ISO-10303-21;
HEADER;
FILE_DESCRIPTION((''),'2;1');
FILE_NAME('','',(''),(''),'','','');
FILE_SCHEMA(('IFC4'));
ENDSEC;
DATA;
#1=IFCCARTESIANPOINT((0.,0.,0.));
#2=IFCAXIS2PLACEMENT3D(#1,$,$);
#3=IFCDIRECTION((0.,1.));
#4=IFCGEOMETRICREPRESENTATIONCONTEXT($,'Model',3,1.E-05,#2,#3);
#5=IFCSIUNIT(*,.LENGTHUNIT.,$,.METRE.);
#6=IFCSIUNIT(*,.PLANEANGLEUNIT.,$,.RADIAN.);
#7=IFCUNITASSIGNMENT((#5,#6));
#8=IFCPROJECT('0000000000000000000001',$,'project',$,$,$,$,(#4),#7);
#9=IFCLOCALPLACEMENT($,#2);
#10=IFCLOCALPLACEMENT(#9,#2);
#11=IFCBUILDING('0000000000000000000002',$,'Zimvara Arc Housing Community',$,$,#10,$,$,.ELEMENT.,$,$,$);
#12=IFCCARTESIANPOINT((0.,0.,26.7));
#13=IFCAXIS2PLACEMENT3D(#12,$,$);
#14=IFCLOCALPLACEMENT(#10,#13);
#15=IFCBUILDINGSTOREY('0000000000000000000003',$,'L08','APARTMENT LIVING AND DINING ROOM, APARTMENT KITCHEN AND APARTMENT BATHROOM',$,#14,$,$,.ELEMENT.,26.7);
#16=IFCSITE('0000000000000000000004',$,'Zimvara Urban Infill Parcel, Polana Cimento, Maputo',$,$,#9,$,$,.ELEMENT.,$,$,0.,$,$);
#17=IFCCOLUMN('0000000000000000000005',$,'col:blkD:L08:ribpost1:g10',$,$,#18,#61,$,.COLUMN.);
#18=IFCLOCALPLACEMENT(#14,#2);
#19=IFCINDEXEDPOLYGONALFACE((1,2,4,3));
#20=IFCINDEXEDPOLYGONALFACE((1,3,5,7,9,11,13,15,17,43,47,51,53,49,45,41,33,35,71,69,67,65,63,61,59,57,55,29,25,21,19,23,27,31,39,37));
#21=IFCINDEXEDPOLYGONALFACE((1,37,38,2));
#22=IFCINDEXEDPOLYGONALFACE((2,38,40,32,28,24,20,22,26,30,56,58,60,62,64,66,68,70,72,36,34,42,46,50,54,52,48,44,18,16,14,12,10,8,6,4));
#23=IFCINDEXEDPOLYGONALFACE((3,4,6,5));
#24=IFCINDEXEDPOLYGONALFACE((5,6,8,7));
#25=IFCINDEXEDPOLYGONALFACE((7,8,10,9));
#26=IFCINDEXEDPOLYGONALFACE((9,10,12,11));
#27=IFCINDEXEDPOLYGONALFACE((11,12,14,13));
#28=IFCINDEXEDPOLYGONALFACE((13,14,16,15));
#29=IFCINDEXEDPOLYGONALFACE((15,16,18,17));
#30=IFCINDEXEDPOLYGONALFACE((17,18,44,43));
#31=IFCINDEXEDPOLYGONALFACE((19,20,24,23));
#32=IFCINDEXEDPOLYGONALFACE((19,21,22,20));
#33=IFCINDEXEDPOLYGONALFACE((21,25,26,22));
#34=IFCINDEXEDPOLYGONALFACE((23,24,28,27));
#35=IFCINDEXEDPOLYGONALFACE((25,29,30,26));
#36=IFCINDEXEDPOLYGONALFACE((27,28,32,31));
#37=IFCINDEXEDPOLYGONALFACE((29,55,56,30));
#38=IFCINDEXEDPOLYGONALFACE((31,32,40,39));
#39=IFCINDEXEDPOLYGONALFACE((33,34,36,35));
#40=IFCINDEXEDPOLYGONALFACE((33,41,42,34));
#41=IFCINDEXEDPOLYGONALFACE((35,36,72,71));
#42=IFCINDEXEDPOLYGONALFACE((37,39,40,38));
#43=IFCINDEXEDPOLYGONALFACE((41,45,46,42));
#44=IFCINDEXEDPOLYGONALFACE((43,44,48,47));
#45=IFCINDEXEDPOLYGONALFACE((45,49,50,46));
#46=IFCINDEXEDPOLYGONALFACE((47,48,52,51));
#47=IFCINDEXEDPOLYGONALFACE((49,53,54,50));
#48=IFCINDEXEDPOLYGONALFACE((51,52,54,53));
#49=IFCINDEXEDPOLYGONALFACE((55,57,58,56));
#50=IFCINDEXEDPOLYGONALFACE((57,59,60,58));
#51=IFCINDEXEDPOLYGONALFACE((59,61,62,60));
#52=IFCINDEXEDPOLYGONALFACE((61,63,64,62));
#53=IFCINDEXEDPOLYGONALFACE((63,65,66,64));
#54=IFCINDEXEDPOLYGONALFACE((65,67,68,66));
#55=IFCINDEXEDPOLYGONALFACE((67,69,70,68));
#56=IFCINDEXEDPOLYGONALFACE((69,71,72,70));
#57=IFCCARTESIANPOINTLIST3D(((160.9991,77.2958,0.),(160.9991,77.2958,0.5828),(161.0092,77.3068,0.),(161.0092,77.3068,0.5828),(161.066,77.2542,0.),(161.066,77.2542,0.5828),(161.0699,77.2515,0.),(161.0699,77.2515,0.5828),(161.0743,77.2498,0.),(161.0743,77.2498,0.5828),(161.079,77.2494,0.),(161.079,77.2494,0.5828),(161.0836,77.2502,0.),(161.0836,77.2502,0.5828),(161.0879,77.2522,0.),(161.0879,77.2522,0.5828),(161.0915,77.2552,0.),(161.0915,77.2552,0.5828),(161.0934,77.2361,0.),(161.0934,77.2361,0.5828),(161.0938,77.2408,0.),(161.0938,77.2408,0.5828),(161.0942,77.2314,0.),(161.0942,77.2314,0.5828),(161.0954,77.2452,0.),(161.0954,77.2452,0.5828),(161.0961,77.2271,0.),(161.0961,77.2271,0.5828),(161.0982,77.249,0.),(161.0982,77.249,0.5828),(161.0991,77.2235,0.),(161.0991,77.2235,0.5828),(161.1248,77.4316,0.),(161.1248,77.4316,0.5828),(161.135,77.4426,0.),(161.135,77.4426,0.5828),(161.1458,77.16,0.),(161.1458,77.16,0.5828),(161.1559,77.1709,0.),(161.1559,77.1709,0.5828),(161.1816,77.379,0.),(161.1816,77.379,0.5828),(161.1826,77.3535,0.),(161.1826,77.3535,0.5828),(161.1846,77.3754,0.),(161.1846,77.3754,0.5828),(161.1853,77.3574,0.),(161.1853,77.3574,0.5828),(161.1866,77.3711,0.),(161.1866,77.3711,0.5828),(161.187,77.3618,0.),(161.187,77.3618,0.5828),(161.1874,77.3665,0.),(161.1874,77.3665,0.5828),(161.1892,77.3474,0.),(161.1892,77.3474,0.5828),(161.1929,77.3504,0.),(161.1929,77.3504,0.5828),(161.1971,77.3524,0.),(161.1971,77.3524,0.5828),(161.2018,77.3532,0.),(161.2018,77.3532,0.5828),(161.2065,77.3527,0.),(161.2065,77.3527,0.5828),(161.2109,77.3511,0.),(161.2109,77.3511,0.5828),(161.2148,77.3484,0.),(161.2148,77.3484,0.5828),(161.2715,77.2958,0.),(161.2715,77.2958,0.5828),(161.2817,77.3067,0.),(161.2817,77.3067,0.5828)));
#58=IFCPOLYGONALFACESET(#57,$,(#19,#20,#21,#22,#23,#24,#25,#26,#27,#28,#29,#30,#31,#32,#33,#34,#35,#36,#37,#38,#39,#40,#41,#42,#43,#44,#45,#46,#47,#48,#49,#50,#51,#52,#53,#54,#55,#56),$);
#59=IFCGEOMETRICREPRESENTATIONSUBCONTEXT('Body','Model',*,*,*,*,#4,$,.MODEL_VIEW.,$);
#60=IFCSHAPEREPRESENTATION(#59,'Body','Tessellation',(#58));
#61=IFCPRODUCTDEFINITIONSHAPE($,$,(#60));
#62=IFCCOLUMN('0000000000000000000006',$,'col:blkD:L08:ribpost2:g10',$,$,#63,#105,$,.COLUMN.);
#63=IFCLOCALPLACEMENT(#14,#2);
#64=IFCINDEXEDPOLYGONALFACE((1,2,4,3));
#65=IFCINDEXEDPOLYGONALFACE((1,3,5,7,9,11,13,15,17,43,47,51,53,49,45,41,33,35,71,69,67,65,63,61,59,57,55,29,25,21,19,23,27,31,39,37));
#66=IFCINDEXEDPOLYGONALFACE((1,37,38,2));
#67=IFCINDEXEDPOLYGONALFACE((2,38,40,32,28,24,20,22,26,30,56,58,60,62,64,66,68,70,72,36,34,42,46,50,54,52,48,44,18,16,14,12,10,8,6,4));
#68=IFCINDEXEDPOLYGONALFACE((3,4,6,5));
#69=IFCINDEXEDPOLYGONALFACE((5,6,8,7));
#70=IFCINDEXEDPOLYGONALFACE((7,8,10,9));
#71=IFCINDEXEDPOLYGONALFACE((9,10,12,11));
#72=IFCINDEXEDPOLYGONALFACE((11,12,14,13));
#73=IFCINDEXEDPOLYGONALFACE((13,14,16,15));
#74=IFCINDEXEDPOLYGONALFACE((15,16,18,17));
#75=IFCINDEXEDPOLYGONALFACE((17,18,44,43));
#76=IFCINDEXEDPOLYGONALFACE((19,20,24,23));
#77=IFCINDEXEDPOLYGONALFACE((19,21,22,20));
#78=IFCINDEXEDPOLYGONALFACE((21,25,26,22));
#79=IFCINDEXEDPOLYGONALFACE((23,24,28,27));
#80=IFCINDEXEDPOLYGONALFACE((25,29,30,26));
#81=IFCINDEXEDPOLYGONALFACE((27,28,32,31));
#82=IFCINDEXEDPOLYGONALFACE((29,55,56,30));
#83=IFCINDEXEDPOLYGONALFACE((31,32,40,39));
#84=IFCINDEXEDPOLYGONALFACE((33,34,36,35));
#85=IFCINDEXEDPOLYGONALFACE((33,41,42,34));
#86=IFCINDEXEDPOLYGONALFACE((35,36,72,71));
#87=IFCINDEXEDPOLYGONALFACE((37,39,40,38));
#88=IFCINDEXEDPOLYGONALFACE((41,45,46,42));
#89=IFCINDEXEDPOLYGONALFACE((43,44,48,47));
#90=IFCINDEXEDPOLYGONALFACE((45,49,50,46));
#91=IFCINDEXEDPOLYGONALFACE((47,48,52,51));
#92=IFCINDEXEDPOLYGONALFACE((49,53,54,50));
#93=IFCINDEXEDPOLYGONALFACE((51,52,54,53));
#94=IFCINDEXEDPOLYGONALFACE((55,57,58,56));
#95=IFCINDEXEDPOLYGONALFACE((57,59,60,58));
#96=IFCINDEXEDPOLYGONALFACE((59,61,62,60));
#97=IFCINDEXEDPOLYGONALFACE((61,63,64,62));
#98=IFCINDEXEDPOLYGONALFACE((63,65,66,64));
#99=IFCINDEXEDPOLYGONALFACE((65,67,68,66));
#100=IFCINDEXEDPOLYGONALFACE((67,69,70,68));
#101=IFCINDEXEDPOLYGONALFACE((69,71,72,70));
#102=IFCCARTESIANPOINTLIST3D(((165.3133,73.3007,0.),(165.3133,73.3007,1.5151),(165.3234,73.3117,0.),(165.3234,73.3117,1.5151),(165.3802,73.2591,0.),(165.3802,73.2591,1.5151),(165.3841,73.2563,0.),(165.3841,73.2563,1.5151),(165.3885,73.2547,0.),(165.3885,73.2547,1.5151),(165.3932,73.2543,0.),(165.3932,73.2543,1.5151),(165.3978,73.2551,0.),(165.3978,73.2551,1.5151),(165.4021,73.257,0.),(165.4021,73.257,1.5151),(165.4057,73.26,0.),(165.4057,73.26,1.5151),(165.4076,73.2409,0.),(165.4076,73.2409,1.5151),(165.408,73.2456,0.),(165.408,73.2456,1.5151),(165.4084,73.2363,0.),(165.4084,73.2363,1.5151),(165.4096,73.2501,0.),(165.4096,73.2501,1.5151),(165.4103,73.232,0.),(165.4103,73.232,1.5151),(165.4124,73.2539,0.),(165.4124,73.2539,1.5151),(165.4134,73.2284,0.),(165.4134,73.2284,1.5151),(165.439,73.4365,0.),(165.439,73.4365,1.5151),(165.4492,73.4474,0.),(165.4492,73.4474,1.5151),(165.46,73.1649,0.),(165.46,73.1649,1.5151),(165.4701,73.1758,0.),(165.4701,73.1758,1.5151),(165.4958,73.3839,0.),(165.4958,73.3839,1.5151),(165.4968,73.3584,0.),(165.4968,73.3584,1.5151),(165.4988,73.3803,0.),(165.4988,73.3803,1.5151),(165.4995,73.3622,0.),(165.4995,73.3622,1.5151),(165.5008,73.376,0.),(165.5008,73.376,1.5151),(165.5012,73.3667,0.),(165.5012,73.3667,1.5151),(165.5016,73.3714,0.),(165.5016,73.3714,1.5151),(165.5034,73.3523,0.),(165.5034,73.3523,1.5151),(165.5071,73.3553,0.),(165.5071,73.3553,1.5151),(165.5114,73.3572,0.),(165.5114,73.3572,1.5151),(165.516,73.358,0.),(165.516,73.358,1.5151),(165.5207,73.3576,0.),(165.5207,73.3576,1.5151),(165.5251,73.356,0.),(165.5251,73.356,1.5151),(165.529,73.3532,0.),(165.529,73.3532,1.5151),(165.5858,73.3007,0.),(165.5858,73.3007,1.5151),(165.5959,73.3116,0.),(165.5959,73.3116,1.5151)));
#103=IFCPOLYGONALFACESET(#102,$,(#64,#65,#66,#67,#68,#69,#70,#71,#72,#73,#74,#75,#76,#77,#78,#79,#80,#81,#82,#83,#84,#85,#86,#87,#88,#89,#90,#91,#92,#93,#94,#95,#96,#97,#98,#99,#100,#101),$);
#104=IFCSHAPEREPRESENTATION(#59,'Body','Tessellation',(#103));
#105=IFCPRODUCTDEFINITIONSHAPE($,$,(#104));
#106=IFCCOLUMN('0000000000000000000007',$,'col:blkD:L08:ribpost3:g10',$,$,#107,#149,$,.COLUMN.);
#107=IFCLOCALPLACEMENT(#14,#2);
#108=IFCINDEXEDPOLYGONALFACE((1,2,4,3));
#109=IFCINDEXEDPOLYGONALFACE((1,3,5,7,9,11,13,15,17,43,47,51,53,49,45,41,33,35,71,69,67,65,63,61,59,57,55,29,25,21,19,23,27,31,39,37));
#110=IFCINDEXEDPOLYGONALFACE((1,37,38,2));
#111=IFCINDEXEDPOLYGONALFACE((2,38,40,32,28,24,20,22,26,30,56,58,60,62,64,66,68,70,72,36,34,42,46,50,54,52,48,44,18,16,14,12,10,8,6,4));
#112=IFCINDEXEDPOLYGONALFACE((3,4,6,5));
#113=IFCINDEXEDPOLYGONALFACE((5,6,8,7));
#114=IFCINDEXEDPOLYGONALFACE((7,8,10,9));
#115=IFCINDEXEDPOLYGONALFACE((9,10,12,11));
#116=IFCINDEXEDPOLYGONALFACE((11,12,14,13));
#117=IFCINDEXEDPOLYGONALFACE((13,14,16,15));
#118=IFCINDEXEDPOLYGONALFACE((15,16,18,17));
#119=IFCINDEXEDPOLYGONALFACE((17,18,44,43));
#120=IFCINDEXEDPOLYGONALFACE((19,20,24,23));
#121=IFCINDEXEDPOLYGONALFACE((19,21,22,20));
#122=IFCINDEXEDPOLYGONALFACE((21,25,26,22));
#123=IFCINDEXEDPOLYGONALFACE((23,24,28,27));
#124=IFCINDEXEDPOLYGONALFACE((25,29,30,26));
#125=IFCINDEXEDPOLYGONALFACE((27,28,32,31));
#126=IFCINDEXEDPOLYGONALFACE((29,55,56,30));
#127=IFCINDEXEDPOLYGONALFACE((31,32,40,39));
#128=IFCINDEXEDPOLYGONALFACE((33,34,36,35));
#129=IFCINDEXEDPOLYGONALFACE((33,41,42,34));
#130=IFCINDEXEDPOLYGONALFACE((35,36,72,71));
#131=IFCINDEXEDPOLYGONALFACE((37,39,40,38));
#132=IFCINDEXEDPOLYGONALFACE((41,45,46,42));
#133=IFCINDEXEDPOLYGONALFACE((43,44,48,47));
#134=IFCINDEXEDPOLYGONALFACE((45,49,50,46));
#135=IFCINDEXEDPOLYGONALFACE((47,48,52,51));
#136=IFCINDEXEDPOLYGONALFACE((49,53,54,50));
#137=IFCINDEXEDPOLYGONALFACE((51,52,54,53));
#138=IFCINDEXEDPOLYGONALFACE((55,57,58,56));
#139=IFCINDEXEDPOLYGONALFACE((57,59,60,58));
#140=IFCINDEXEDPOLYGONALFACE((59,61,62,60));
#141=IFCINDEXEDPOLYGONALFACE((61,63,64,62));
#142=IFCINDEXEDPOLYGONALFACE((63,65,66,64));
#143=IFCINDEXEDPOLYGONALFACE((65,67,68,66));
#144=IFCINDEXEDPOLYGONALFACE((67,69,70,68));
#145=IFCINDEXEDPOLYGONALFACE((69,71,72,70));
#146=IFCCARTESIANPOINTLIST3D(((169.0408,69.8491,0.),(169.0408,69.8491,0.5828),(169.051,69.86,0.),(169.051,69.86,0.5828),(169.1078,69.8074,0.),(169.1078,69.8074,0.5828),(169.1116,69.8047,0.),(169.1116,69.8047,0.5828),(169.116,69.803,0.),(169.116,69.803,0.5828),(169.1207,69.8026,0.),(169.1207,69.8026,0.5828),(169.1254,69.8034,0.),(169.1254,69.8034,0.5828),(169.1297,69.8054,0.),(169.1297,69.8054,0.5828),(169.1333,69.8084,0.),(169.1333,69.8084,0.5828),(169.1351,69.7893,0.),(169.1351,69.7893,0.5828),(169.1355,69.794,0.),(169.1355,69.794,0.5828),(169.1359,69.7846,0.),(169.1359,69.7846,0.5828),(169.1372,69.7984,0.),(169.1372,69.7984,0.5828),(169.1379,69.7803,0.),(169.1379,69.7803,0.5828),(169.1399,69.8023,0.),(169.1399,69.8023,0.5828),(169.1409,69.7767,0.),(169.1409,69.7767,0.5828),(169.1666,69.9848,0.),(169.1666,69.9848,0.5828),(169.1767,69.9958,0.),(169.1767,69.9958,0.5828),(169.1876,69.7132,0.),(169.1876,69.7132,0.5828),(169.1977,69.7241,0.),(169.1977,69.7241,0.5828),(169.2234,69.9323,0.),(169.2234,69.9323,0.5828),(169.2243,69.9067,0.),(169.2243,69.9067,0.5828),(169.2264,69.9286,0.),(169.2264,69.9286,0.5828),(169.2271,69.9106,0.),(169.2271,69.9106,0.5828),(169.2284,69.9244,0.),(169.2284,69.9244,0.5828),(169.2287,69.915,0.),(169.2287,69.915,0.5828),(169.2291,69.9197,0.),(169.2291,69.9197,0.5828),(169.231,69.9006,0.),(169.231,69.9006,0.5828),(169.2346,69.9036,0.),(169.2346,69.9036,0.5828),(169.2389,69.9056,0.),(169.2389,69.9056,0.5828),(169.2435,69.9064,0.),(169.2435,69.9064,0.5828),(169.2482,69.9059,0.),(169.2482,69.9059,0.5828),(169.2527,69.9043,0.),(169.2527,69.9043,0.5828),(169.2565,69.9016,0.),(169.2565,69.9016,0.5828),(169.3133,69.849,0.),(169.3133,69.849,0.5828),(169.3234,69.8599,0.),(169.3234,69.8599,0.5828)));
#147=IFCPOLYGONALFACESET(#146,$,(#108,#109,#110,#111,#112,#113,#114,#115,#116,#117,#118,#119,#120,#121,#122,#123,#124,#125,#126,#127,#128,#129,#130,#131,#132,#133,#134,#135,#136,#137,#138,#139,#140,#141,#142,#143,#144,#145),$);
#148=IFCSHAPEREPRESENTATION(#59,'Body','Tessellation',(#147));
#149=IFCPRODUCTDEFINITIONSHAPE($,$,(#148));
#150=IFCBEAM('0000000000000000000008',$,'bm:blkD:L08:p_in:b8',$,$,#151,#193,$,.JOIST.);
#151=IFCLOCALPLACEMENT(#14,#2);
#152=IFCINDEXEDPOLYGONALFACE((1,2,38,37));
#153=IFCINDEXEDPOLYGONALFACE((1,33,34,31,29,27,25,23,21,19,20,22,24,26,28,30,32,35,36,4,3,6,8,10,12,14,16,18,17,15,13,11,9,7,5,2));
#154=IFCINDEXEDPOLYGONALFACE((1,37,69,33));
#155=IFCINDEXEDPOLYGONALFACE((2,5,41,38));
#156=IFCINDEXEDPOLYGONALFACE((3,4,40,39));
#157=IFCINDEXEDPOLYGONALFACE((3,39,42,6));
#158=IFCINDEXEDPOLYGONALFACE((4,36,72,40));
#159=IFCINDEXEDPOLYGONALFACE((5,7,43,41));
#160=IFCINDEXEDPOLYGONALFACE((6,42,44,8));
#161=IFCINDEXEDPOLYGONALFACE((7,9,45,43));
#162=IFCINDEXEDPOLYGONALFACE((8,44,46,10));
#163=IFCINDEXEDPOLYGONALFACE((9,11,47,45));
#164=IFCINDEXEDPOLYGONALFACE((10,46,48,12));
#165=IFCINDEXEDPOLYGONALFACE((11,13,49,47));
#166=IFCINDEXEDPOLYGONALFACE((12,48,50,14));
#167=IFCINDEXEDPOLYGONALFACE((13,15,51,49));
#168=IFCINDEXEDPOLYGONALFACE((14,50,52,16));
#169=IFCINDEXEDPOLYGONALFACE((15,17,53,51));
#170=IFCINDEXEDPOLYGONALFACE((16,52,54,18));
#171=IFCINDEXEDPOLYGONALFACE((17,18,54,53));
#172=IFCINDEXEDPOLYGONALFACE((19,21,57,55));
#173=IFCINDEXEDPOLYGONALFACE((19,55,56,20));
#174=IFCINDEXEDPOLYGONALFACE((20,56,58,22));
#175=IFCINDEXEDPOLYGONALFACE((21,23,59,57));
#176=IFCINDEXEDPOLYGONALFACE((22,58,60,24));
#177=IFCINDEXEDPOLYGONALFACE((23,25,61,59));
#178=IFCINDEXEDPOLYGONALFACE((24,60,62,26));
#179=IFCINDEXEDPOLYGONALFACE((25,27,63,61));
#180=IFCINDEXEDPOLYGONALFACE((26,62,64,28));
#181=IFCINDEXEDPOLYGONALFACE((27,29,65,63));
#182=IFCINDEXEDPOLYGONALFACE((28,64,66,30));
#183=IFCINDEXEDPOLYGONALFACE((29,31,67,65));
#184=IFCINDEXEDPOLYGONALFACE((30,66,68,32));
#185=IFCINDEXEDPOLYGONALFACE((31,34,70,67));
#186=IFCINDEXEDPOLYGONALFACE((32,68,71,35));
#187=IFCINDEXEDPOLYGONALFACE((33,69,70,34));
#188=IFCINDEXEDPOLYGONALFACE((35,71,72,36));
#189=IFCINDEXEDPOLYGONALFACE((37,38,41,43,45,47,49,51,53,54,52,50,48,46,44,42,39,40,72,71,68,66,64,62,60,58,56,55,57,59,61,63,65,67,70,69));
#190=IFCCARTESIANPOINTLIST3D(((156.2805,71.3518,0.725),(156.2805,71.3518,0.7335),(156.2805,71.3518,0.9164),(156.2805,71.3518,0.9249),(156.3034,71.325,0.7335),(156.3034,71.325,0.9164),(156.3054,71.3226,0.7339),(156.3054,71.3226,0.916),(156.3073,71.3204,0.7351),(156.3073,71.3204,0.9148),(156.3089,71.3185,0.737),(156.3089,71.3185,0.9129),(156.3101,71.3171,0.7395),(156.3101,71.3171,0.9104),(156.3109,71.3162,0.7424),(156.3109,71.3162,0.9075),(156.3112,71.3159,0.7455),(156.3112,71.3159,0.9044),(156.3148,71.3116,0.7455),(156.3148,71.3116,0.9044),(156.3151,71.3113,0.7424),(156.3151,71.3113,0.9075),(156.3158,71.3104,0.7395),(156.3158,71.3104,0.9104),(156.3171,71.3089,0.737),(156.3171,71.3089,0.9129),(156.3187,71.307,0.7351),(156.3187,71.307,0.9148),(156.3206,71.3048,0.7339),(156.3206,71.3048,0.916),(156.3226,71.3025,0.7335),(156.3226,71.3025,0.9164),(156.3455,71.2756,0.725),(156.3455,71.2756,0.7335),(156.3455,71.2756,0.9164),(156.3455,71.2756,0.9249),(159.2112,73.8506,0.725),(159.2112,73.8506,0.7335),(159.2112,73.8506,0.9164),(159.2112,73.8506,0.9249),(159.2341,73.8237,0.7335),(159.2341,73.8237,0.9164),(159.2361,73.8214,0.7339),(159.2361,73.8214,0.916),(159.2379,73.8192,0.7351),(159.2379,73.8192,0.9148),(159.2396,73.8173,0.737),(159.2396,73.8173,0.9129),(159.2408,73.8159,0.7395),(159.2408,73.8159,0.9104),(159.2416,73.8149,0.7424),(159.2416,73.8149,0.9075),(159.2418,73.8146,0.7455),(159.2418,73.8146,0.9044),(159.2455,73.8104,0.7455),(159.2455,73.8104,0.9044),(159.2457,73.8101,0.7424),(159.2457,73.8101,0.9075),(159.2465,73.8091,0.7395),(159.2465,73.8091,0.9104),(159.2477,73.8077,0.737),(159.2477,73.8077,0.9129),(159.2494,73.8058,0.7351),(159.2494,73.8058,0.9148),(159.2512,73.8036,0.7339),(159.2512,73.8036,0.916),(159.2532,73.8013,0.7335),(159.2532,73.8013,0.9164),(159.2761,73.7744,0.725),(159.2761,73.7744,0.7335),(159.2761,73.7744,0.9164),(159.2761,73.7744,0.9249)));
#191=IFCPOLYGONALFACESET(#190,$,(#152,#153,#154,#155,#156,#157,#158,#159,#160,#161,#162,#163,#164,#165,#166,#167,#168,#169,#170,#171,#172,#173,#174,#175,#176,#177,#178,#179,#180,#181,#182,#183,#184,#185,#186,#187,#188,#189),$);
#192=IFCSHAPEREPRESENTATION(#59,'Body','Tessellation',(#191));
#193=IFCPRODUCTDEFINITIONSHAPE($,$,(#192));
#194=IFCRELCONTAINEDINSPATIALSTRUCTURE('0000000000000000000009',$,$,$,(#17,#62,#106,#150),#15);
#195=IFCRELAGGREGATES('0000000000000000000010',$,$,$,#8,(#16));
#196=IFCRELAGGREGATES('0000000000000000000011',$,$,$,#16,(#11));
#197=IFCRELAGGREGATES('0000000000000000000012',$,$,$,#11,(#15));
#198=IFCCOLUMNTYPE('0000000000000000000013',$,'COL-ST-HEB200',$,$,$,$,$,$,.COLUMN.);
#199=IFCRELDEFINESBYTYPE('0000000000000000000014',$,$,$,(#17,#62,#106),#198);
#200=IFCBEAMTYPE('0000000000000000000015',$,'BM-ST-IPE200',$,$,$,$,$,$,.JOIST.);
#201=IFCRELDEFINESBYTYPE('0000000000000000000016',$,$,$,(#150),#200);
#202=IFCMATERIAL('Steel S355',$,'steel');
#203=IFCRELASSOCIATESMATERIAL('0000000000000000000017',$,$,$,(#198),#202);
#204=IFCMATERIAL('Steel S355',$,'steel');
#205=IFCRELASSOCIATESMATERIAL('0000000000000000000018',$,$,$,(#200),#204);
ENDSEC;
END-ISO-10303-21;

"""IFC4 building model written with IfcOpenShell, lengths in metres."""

from ifc_helpers import new_model, si_unit, direction, frame, origin, origin_2d, place, context, subcontext, project, spatial, i_section, extrude, material, material_profile, profile_set, type_object, element, save


model = new_model("IFC4")

# Units and contexts
model_context = context("Model", 3, precision=1e-05, world=origin(), true_north=direction((0.0, 1.0)))
body_context = subcontext(model_context, "Body", "Model", "MODEL_VIEW")
ifc_project = project(units=[si_unit("LENGTHUNIT", "METRE"), si_unit("PLANEANGLEUNIT", "RADIAN")], contexts=[model_context])

# Site, building, storey
site_placement = place(None, origin())
site = spatial("IfcSite", under=ifc_project, at=site_placement, Name="Zimvara Urban Infill Parcel, Polana Cimento, Maputo", CompositionType="ELEMENT", RefElevation=0.0)
building_placement = place(site_placement, origin())
building = spatial("IfcBuilding", under=site, at=building_placement, Name="Zimvara Arc Housing Community", CompositionType="ELEMENT")
storey_placement = place(building_placement, frame((0.0, 0.0, 26.7)))
storey = spatial("IfcBuildingStorey", under=building, at=storey_placement, Name="L08", Description="APARTMENT LIVING AND DINING ROOM, APARTMENT KITCHEN AND APARTMENT BATHROOM", CompositionType="ELEMENT", Elevation=26.7)

# Columns
ifc_material_1 = material(Name="Steel S355", Category="steel")
ifc_material_profile_1 = material_profile(ifc_material_1, i_section(OverallWidth=0.2, OverallDepth=0.2, WebThickness=0.009, FlangeThickness=0.0149, FilletRadius=0.0181, at=origin_2d()), Name="HEB 200")
ifc_profile_set_1 = profile_set([ifc_material_profile_1], Name="Steel S355")
column_type = type_object("IfcColumnType", Name="COL-ST-HEB200", PredefinedType="COLUMN", material=ifc_profile_set_1)
column_1_placement = place(storey_placement, frame((161.1404, 77.3013, 0.0), z_axis=(0.0, 0.0, 1.0), x_axis=(0.73373, -0.679441, 0.0)))
element("IfcColumn", 1, at=column_1_placement, inside=storey, type_object=column_type, Name="col:blkD:L08:ribpost1:g10", PredefinedType="COLUMN", context=body_context, shape_type="SweptSolid", body=[
    extrude(i_section(OverallWidth=0.2, OverallDepth=0.2, WebThickness=0.009, FlangeThickness=0.0149, FilletRadius=0.0181, at=origin_2d()), origin(), (0.0, 0.0, 1.0), 0.5828),
])
column_2_placement = place(storey_placement, frame((165.4546, 73.3062, 0.0), z_axis=(0.0, 0.0, 1.0), x_axis=(0.73373, -0.679441, 0.0)))
element("IfcColumn", 2, at=column_2_placement, inside=storey, type_object=column_type, Name="col:blkD:L08:ribpost2:g10", PredefinedType="COLUMN", context=body_context, shape_type="SweptSolid", body=[
    extrude(i_section(OverallWidth=0.2, OverallDepth=0.2, WebThickness=0.009, FlangeThickness=0.0149, FilletRadius=0.0181, at=origin_2d()), origin(), (0.0, 0.0, 1.0), 1.5151),
])
column_3_placement = place(storey_placement, frame((169.1821, 69.8545, 0.0), z_axis=(0.0, 0.0, 1.0), x_axis=(0.73373, -0.679441, 0.0)))
element("IfcColumn", 3, at=column_3_placement, inside=storey, type_object=column_type, Name="col:blkD:L08:ribpost3:g10", PredefinedType="COLUMN", context=body_context, shape_type="SweptSolid", body=[
    extrude(i_section(OverallWidth=0.2, OverallDepth=0.2, WebThickness=0.009, FlangeThickness=0.0149, FilletRadius=0.0181, at=origin_2d()), origin(), (0.0, 0.0, 1.0), 0.5828),
])

# Beam
ifc_material_2 = material(Name="Steel S355", Category="steel")
ifc_material_profile_2 = material_profile(ifc_material_2, i_section(OverallWidth=0.1001, OverallDepth=0.2, WebThickness=0.0056, FlangeThickness=0.0085, FilletRadius=0.012, at=origin_2d()), Name="IPE 200")
ifc_profile_set_2 = profile_set([ifc_material_profile_2], Name="Steel S355")
beam_type_1 = type_object("IfcBeamType", Name="BM-ST-IPE200", PredefinedType="JOIST", material=ifc_profile_set_2)
beam_1_placement = place(storey_placement, frame((156.313, 71.3137, 0.825), z_axis=(0.76095, 0.648811, 0.0), x_axis=(-0.648811, 0.76095, 0.0)))
element("IfcBeam", 4, at=beam_1_placement, inside=storey, type_object=beam_type_1, Name="bm:blkD:L08:p_in:b8", PredefinedType="JOIST", context=body_context, shape_type="SweptSolid", body=[
    extrude(i_section(OverallWidth=0.1001, OverallDepth=0.2, WebThickness=0.0056, FlangeThickness=0.0085, FilletRadius=0.012, at=origin_2d()), origin(), (0.0, 0.0, 1.0), 3.8513),
])

save(model, "model.ifc")
